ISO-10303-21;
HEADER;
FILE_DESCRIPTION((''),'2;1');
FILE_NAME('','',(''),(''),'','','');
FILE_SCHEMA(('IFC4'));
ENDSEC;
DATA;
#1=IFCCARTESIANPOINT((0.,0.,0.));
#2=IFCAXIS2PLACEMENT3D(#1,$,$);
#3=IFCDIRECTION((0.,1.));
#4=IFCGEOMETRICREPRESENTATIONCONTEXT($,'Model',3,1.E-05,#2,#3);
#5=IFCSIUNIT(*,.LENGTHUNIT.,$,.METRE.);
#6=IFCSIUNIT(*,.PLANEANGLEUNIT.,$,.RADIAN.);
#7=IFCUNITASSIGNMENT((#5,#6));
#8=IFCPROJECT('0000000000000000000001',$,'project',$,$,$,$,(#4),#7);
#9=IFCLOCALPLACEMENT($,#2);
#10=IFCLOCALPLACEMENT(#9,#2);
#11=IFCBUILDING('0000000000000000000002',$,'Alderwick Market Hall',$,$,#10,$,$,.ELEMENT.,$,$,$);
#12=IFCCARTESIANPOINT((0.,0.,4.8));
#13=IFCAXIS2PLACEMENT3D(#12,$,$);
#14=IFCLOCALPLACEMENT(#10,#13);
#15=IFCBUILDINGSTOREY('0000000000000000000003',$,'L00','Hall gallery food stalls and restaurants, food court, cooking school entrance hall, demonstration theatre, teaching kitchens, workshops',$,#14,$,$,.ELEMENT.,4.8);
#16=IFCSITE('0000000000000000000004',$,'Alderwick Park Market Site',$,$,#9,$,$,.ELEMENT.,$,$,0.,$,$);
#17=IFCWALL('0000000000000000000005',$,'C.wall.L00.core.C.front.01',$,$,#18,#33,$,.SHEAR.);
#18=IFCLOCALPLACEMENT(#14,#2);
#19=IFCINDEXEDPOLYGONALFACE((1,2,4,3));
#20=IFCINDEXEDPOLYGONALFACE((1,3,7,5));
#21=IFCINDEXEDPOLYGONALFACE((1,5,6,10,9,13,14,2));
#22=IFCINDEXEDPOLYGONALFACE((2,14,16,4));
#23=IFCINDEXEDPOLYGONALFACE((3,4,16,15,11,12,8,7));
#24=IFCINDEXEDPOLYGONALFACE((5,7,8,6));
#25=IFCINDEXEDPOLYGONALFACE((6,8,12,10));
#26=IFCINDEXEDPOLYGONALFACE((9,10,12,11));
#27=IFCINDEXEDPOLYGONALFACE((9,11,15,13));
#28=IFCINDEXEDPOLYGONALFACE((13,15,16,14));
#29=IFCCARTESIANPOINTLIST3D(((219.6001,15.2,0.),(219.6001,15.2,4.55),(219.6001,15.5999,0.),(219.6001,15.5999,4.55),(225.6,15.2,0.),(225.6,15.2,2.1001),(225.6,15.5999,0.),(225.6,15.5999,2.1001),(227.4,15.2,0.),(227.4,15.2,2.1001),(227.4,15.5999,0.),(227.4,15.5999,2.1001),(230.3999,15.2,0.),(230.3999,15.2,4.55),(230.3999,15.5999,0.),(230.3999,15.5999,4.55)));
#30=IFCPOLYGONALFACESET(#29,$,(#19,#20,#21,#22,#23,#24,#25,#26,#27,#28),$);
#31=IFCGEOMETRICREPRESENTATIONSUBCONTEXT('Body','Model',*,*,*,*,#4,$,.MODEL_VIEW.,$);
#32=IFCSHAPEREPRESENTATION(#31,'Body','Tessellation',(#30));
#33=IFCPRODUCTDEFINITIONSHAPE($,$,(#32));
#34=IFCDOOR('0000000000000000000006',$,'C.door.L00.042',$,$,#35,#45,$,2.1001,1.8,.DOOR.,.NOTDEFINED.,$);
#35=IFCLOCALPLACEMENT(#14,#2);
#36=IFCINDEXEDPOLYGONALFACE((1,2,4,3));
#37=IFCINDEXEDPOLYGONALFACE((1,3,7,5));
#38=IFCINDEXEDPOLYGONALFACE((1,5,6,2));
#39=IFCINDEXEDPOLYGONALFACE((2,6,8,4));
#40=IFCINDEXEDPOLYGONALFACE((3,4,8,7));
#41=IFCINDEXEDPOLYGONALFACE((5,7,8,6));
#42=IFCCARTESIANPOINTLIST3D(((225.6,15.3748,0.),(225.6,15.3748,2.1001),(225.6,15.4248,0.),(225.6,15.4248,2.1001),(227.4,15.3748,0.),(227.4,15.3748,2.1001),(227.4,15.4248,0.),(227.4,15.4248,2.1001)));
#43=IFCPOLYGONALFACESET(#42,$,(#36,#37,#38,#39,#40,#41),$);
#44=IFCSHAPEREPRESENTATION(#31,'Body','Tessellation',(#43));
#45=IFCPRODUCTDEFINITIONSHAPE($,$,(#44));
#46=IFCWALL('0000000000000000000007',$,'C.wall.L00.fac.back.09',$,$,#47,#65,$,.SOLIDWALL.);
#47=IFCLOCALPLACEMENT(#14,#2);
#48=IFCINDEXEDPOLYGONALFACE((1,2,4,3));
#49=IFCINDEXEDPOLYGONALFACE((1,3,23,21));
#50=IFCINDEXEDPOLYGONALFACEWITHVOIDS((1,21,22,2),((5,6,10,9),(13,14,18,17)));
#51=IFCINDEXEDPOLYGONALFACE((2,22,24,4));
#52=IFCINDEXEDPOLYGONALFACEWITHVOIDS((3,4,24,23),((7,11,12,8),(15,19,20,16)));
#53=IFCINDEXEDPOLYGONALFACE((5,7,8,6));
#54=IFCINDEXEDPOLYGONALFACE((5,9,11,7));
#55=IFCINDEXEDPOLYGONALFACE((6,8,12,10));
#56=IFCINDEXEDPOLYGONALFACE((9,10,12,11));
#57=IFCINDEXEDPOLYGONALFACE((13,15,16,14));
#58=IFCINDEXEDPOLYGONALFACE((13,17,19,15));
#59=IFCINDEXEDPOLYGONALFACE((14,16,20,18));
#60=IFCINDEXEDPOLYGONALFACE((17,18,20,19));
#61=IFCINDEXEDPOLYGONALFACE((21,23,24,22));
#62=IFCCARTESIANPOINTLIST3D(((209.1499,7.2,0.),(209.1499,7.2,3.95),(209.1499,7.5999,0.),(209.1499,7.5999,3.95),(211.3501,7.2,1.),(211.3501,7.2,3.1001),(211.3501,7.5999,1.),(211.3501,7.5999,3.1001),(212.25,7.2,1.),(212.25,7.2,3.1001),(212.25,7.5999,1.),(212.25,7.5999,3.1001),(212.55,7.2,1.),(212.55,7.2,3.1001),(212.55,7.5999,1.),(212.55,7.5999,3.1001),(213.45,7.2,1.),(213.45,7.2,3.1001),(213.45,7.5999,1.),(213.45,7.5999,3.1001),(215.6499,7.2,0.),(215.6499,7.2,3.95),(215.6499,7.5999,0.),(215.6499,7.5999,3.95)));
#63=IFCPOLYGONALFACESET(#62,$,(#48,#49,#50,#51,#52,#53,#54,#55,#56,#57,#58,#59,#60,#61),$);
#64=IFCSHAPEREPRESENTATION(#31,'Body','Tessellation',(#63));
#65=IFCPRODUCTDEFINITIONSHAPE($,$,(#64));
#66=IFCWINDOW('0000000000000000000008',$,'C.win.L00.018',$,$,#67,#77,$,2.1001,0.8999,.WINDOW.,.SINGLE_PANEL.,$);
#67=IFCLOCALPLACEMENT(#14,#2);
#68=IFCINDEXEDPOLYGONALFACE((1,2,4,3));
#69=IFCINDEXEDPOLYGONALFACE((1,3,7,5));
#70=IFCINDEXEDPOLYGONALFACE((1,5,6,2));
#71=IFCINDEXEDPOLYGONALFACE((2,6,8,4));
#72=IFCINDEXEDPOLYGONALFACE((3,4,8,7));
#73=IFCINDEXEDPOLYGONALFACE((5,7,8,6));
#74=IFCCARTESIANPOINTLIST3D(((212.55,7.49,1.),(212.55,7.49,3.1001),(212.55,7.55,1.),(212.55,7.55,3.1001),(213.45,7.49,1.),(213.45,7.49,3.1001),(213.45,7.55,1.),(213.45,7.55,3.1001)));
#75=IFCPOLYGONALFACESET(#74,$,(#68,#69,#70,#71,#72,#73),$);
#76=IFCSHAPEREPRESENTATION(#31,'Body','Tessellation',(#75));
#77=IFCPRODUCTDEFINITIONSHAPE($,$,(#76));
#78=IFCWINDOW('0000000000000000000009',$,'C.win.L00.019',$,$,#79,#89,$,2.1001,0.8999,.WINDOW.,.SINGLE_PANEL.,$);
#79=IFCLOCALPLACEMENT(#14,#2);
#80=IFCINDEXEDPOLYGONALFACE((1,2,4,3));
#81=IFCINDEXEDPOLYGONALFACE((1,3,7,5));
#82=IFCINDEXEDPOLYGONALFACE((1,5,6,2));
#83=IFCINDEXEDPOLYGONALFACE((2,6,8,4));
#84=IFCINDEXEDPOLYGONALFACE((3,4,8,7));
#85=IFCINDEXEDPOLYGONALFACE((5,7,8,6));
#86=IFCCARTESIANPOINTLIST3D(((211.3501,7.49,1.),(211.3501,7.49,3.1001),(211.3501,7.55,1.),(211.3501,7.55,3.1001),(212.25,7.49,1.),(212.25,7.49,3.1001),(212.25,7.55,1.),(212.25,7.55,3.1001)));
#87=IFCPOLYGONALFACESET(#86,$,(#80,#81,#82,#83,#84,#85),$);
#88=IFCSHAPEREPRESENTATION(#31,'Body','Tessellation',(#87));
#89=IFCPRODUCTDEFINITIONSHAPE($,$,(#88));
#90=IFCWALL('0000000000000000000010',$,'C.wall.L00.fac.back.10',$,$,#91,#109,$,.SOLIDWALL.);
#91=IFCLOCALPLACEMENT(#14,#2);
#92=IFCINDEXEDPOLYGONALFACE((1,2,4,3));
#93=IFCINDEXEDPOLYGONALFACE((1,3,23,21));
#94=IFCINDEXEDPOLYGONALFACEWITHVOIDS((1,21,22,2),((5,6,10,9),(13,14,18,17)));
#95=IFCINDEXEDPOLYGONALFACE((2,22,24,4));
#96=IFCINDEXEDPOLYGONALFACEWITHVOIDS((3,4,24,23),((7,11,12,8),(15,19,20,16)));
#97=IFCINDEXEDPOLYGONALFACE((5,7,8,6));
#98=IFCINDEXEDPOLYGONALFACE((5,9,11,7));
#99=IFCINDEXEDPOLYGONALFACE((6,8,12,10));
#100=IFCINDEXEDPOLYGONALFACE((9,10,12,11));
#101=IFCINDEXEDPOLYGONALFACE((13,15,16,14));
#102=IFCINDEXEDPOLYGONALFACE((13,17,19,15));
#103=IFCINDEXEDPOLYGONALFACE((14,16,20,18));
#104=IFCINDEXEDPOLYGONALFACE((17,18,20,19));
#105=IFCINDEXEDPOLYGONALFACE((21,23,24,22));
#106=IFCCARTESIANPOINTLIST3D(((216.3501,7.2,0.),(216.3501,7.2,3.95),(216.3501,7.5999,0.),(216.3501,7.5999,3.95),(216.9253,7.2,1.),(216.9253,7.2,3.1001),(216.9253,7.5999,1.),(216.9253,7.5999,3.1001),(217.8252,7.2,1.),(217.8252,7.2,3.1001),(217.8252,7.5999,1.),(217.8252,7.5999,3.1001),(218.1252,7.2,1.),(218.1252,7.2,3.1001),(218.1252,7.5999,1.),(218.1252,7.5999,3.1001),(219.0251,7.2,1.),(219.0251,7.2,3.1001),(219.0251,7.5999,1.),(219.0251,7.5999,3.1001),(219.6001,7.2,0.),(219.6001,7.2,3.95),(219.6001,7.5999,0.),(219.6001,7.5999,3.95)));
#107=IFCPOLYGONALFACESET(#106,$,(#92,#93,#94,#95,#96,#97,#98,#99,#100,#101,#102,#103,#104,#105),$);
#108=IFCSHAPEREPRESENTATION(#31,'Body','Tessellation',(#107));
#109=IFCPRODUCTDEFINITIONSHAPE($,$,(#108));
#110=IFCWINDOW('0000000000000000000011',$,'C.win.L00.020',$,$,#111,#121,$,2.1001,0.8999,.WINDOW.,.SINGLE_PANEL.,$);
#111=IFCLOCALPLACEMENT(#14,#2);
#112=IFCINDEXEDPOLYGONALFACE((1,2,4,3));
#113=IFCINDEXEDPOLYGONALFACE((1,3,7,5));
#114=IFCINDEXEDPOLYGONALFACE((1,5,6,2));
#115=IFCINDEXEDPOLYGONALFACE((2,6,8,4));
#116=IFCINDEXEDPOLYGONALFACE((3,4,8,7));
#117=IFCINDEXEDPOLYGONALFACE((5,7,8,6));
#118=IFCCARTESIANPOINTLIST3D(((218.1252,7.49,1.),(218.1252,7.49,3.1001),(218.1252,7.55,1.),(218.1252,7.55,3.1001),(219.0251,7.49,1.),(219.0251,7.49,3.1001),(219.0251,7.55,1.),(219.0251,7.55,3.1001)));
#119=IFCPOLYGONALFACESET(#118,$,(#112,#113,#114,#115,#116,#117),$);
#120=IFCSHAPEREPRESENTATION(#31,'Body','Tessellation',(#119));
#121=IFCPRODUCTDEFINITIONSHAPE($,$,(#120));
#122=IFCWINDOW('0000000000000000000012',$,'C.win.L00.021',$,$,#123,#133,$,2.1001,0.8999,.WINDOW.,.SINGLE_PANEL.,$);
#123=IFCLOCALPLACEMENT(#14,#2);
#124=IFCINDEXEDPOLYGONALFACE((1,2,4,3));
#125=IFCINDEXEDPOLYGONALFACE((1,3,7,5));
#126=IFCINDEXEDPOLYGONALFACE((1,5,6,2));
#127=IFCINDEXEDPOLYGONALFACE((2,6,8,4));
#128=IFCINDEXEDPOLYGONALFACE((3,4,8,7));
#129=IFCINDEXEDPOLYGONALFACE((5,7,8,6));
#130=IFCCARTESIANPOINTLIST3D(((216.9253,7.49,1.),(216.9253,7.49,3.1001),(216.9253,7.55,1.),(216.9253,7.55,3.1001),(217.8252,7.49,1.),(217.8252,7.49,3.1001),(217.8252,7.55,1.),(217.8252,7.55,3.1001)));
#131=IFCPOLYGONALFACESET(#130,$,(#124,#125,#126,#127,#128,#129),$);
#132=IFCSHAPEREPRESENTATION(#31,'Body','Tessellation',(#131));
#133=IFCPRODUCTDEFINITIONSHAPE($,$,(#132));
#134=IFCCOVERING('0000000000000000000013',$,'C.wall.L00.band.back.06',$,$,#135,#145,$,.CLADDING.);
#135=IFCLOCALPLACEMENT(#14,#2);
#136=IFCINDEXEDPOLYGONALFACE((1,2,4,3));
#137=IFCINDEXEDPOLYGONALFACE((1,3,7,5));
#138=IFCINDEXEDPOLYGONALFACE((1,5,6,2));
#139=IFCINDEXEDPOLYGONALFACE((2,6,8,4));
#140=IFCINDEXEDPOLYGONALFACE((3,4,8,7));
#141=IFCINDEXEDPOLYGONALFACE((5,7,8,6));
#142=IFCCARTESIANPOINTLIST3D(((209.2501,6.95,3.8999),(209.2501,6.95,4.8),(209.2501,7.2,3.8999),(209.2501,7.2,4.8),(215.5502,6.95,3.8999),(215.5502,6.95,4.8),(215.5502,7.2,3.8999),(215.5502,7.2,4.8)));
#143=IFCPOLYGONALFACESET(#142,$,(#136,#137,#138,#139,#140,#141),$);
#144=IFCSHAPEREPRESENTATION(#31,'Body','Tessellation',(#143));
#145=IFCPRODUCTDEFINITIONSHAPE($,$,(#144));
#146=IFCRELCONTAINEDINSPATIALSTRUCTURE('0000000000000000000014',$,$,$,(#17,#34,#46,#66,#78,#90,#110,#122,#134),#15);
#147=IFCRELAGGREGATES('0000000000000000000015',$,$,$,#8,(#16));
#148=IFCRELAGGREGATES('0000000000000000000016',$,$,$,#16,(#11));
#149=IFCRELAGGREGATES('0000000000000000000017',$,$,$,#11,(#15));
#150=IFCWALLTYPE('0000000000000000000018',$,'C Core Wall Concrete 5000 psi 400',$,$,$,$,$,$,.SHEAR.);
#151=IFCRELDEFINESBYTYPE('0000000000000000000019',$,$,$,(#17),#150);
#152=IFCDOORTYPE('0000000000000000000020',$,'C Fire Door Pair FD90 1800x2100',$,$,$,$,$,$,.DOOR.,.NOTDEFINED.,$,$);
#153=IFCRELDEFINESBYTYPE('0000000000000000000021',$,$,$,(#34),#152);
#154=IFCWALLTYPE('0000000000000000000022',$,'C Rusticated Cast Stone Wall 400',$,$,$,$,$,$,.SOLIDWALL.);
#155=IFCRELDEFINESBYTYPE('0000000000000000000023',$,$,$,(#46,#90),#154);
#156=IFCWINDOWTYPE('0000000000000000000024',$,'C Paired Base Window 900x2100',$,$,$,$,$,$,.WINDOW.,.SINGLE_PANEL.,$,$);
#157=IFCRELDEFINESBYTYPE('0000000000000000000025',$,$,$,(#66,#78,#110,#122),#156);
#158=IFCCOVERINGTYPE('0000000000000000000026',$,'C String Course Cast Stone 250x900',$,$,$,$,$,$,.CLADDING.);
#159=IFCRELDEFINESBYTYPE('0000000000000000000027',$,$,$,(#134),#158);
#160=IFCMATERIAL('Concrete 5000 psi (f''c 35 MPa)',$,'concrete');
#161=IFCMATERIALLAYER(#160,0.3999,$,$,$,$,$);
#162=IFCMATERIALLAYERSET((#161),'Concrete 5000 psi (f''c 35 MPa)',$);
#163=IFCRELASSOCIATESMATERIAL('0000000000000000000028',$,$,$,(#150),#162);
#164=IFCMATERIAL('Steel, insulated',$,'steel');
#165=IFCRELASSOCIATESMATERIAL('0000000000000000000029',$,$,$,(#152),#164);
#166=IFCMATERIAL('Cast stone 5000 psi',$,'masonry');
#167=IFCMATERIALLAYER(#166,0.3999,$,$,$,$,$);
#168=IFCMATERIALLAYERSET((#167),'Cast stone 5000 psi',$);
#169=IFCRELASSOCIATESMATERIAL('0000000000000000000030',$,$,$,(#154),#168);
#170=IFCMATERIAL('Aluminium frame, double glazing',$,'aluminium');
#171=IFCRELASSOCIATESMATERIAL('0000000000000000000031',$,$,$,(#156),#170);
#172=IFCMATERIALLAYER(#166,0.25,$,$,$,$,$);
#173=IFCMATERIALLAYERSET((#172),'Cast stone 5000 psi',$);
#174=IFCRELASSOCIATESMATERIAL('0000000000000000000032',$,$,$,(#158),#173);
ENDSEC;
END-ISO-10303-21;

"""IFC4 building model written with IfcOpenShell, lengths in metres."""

from ifc_helpers import new_model, si_unit, direction, frame, frame_2d, origin, place, context, subcontext, project, spatial, rectangle, extrude, material, layer, layer_set, type_object, element, fill, save


model = new_model("IFC4")

# Units and contexts
model_context = context("Model", 3, precision=1e-05, world=origin(), true_north=direction((0.0, 1.0)))
body_context = subcontext(model_context, "Body", "Model", "MODEL_VIEW")
ifc_project = project(units=[si_unit("LENGTHUNIT", "METRE"), si_unit("PLANEANGLEUNIT", "RADIAN")], contexts=[model_context])

# Site, building, storey
site_placement = place(None, origin())
site = spatial("IfcSite", under=ifc_project, at=site_placement, Name="Alderwick Park Market Site", CompositionType="ELEMENT", RefElevation=0.0)
building_placement = place(site_placement, origin())
building = spatial("IfcBuilding", under=site, at=building_placement, Name="Alderwick Market Hall", CompositionType="ELEMENT")
storey_placement = place(building_placement, frame((0.0, 0.0, 4.8)))
storey = spatial("IfcBuildingStorey", under=building, at=storey_placement, Name="L00", Description="Hall gallery food stalls and restaurants, food court, cooking school entrance hall, demonstration theatre, teaching kitchens, workshops", CompositionType="ELEMENT", Elevation=4.8)

# Shared definitions
ifc_material_1 = material(Name="Concrete 5000 psi (f'c 35 MPa)", Category="concrete")

# Wall, opening, door
ifc_layer_1 = layer(ifc_material_1, 0.3999)
ifc_layer_set_1 = layer_set([ifc_layer_1], Name="Concrete 5000 psi (f'c 35 MPa)")
wall_type_1 = type_object("IfcWallType", Name="C Core Wall Concrete 5000 psi 400", PredefinedType="SHEAR", material=ifc_layer_set_1)
wall_1_placement = place(storey_placement, frame((219.6001, 15.3999, 0.0), z_axis=(0.0, 0.0, 1.0), x_axis=(1.0, 0.0, 0.0)))
wall_1 = element("IfcWall", 1, at=wall_1_placement, inside=storey, type_object=wall_type_1, Name="C.wall.L00.core.C.front.01", PredefinedType="SHEAR", context=body_context, shape_type="SweptSolid", body=[
    extrude(rectangle(XDim=10.7998, YDim=0.3999, at=frame_2d((5.3999, 0.0))), origin(), (0.0, 0.0, 1.0), 4.55),
])
opening_1_placement = place(wall_1_placement, frame((6.0, 0.0, 0.0)))
opening_1 = element("IfcOpeningElement", 2, at=opening_1_placement, cuts=wall_1, PredefinedType="OPENING", context=body_context, shape_type="SweptSolid", body=[
    extrude(rectangle(XDim=1.8, YDim=2.1001, at=frame_2d((0.8999, 1.05))), frame((0.0, 0.21, 0.0), z_axis=(0.0, -1.0, 0.0), x_axis=(1.0, 0.0, 0.0)), (0.0, 0.0, 1.0), 0.4199),
])
ifc_material_2 = material(Name="Steel, insulated", Category="steel")
door_type = type_object("IfcDoorType", Name="C Fire Door Pair FD90 1800x2100", OperationType="NOTDEFINED", PredefinedType="DOOR", material=ifc_material_2)
door_placement = place(opening_1_placement, origin())
door = element("IfcDoor", 3, at=door_placement, inside=storey, type_object=door_type, Name="C.door.L00.042", OperationType="NOTDEFINED", OverallHeight=2.1001, OverallWidth=1.8, PredefinedType="DOOR", context=body_context, shape_type="SweptSolid", body=[
    extrude(rectangle(XDim=1.8, YDim=2.1001, at=frame_2d((0.8999, 1.05))), frame((0.0, 0.0249, 0.0), z_axis=(0.0, -1.0, 0.0), x_axis=(1.0, 0.0, 0.0)), (0.0, 0.0, 1.0), 0.05),
])
fill(opening_1, door)

# Walls, openings, windows
ifc_material_3 = material(Name="Cast stone 5000 psi", Category="masonry")
ifc_layer_2 = layer(ifc_material_3, 0.3999)
ifc_layer_set_2 = layer_set([ifc_layer_2], Name="Cast stone 5000 psi")
wall_type_2 = type_object("IfcWallType", Name="C Rusticated Cast Stone Wall 400", PredefinedType="SOLIDWALL", material=ifc_layer_set_2)
wall_2_placement = place(storey_placement, frame((215.6499, 7.3999, 0.0), z_axis=(0.0, 0.0, 1.0), x_axis=(-1.0, 0.0, 0.0)))
wall_2 = element("IfcWall", 4, at=wall_2_placement, inside=storey, type_object=wall_type_2, Name="C.wall.L00.fac.back.09", PredefinedType="SOLIDWALL", context=body_context, shape_type="SweptSolid", body=[
    extrude(rectangle(XDim=6.5, YDim=0.3999, at=frame_2d((3.25, 0.0))), origin(), (0.0, 0.0, 1.0), 3.95),
])
opening_2_placement = place(wall_2_placement, frame((2.2, 0.0, 1.0)))
opening_2 = element("IfcOpeningElement", 5, at=opening_2_placement, cuts=wall_2, PredefinedType="OPENING", context=body_context, shape_type="SweptSolid", body=[
    extrude(rectangle(XDim=0.8999, YDim=2.1001, at=frame_2d((0.45, 1.05))), frame((0.0, 0.21, 0.0), z_axis=(0.0, -1.0, 0.0), x_axis=(1.0, 0.0, 0.0)), (0.0, 0.0, 1.0), 0.4199),
])
opening_3_placement = place(wall_2_placement, frame((3.3999, 0.0, 1.0)))
opening_3 = element("IfcOpeningElement", 6, at=opening_3_placement, cuts=wall_2, PredefinedType="OPENING", context=body_context, shape_type="SweptSolid", body=[
    extrude(rectangle(XDim=0.8999, YDim=2.1001, at=frame_2d((0.45, 1.05))), frame((0.0, 0.21, 0.0), z_axis=(0.0, -1.0, 0.0), x_axis=(1.0, 0.0, 0.0)), (0.0, 0.0, 1.0), 0.4199),
])
ifc_material_4 = material(Name="Aluminium frame, double glazing", Category="aluminium")
window_type = type_object("IfcWindowType", Name="C Paired Base Window 900x2100", PartitioningType="SINGLE_PANEL", PredefinedType="WINDOW", material=ifc_material_4)
window_1_placement = place(opening_2_placement, origin())
window_1 = element("IfcWindow", 7, at=window_1_placement, inside=storey, type_object=window_type, Name="C.win.L00.018", OverallHeight=2.1001, OverallWidth=0.8999, PartitioningType="SINGLE_PANEL", PredefinedType="WINDOW", context=body_context, shape_type="SweptSolid", body=[
    extrude(rectangle(XDim=0.8999, YDim=2.1001, at=frame_2d((0.45, 1.05))), frame((0.0, -0.0901, 0.0), z_axis=(0.0, -1.0, 0.0), x_axis=(1.0, 0.0, 0.0)), (0.0, 0.0, 1.0), 0.0601),
])
fill(opening_2, window_1)
window_2_placement = place(opening_3_placement, origin())
window_2 = element("IfcWindow", 8, at=window_2_placement, inside=storey, type_object=window_type, Name="C.win.L00.019", OverallHeight=2.1001, OverallWidth=0.8999, PartitioningType="SINGLE_PANEL", PredefinedType="WINDOW", context=body_context, shape_type="SweptSolid", body=[
    extrude(rectangle(XDim=0.8999, YDim=2.1001, at=frame_2d((0.45, 1.05))), frame((0.0, -0.0901, 0.0), z_axis=(0.0, -1.0, 0.0), x_axis=(1.0, 0.0, 0.0)), (0.0, 0.0, 1.0), 0.0601),
])
fill(opening_3, window_2)
wall_3_placement = place(storey_placement, frame((219.6001, 7.3999, 0.0), z_axis=(0.0, 0.0, 1.0), x_axis=(-1.0, 0.0, 0.0)))
wall_3 = element("IfcWall", 9, at=wall_3_placement, inside=storey, type_object=wall_type_2, Name="C.wall.L00.fac.back.10", PredefinedType="SOLIDWALL", context=body_context, shape_type="SweptSolid", body=[
    extrude(rectangle(XDim=3.25, YDim=0.3999, at=frame_2d((1.625, 0.0))), origin(), (0.0, 0.0, 1.0), 3.95),
])
opening_4_placement = place(wall_3_placement, frame((0.575, 0.0, 1.0)))
opening_4 = element("IfcOpeningElement", 10, at=opening_4_placement, cuts=wall_3, PredefinedType="OPENING", context=body_context, shape_type="SweptSolid", body=[
    extrude(rectangle(XDim=0.8999, YDim=2.1001, at=frame_2d((0.45, 1.05))), frame((0.0, 0.21, 0.0), z_axis=(0.0, -1.0, 0.0), x_axis=(1.0, 0.0, 0.0)), (0.0, 0.0, 1.0), 0.4199),
])
opening_5_placement = place(wall_3_placement, frame((1.7749, 0.0, 1.0)))
opening_5 = element("IfcOpeningElement", 11, at=opening_5_placement, cuts=wall_3, PredefinedType="OPENING", context=body_context, shape_type="SweptSolid", body=[
    extrude(rectangle(XDim=0.8999, YDim=2.1001, at=frame_2d((0.45, 1.05))), frame((0.0, 0.21, 0.0), z_axis=(0.0, -1.0, 0.0), x_axis=(1.0, 0.0, 0.0)), (0.0, 0.0, 1.0), 0.4199),
])
window_3_placement = place(opening_4_placement, origin())
window_3 = element("IfcWindow", 12, at=window_3_placement, inside=storey, type_object=window_type, Name="C.win.L00.020", OverallHeight=2.1001, OverallWidth=0.8999, PartitioningType="SINGLE_PANEL", PredefinedType="WINDOW", context=body_context, shape_type="SweptSolid", body=[
    extrude(rectangle(XDim=0.8999, YDim=2.1001, at=frame_2d((0.45, 1.05))), frame((0.0, -0.0901, 0.0), z_axis=(0.0, -1.0, 0.0), x_axis=(1.0, 0.0, 0.0)), (0.0, 0.0, 1.0), 0.0601),
])
fill(opening_4, window_3)
window_4_placement = place(opening_5_placement, origin())
window_4 = element("IfcWindow", 13, at=window_4_placement, inside=storey, type_object=window_type, Name="C.win.L00.021", OverallHeight=2.1001, OverallWidth=0.8999, PartitioningType="SINGLE_PANEL", PredefinedType="WINDOW", context=body_context, shape_type="SweptSolid", body=[
    extrude(rectangle(XDim=0.8999, YDim=2.1001, at=frame_2d((0.45, 1.05))), frame((0.0, -0.0901, 0.0), z_axis=(0.0, -1.0, 0.0), x_axis=(1.0, 0.0, 0.0)), (0.0, 0.0, 1.0), 0.0601),
])
fill(opening_5, window_4)

# Covering
ifc_layer_3 = layer(ifc_material_3, 0.25)
ifc_layer_set_3 = layer_set([ifc_layer_3], Name="Cast stone 5000 psi")
covering_type = type_object("IfcCoveringType", Name="C String Course Cast Stone 250x900", PredefinedType="CLADDING", material=ifc_layer_set_3)
covering_placement = place(storey_placement, frame((215.55, 7.075, 3.8999), z_axis=(0.0, 0.0, 1.0), x_axis=(-1.0, 0.0, 0.0)))
element("IfcCovering", 14, at=covering_placement, inside=storey, type_object=covering_type, Name="C.wall.L00.band.back.06", PredefinedType="CLADDING", context=body_context, shape_type="SweptSolid", body=[
    extrude(rectangle(XDim=6.3, YDim=0.25, at=frame_2d((3.1499, 0.0))), origin(), (0.0, 0.0, 1.0), 0.9001),
])

save(model, "model.ifc")
